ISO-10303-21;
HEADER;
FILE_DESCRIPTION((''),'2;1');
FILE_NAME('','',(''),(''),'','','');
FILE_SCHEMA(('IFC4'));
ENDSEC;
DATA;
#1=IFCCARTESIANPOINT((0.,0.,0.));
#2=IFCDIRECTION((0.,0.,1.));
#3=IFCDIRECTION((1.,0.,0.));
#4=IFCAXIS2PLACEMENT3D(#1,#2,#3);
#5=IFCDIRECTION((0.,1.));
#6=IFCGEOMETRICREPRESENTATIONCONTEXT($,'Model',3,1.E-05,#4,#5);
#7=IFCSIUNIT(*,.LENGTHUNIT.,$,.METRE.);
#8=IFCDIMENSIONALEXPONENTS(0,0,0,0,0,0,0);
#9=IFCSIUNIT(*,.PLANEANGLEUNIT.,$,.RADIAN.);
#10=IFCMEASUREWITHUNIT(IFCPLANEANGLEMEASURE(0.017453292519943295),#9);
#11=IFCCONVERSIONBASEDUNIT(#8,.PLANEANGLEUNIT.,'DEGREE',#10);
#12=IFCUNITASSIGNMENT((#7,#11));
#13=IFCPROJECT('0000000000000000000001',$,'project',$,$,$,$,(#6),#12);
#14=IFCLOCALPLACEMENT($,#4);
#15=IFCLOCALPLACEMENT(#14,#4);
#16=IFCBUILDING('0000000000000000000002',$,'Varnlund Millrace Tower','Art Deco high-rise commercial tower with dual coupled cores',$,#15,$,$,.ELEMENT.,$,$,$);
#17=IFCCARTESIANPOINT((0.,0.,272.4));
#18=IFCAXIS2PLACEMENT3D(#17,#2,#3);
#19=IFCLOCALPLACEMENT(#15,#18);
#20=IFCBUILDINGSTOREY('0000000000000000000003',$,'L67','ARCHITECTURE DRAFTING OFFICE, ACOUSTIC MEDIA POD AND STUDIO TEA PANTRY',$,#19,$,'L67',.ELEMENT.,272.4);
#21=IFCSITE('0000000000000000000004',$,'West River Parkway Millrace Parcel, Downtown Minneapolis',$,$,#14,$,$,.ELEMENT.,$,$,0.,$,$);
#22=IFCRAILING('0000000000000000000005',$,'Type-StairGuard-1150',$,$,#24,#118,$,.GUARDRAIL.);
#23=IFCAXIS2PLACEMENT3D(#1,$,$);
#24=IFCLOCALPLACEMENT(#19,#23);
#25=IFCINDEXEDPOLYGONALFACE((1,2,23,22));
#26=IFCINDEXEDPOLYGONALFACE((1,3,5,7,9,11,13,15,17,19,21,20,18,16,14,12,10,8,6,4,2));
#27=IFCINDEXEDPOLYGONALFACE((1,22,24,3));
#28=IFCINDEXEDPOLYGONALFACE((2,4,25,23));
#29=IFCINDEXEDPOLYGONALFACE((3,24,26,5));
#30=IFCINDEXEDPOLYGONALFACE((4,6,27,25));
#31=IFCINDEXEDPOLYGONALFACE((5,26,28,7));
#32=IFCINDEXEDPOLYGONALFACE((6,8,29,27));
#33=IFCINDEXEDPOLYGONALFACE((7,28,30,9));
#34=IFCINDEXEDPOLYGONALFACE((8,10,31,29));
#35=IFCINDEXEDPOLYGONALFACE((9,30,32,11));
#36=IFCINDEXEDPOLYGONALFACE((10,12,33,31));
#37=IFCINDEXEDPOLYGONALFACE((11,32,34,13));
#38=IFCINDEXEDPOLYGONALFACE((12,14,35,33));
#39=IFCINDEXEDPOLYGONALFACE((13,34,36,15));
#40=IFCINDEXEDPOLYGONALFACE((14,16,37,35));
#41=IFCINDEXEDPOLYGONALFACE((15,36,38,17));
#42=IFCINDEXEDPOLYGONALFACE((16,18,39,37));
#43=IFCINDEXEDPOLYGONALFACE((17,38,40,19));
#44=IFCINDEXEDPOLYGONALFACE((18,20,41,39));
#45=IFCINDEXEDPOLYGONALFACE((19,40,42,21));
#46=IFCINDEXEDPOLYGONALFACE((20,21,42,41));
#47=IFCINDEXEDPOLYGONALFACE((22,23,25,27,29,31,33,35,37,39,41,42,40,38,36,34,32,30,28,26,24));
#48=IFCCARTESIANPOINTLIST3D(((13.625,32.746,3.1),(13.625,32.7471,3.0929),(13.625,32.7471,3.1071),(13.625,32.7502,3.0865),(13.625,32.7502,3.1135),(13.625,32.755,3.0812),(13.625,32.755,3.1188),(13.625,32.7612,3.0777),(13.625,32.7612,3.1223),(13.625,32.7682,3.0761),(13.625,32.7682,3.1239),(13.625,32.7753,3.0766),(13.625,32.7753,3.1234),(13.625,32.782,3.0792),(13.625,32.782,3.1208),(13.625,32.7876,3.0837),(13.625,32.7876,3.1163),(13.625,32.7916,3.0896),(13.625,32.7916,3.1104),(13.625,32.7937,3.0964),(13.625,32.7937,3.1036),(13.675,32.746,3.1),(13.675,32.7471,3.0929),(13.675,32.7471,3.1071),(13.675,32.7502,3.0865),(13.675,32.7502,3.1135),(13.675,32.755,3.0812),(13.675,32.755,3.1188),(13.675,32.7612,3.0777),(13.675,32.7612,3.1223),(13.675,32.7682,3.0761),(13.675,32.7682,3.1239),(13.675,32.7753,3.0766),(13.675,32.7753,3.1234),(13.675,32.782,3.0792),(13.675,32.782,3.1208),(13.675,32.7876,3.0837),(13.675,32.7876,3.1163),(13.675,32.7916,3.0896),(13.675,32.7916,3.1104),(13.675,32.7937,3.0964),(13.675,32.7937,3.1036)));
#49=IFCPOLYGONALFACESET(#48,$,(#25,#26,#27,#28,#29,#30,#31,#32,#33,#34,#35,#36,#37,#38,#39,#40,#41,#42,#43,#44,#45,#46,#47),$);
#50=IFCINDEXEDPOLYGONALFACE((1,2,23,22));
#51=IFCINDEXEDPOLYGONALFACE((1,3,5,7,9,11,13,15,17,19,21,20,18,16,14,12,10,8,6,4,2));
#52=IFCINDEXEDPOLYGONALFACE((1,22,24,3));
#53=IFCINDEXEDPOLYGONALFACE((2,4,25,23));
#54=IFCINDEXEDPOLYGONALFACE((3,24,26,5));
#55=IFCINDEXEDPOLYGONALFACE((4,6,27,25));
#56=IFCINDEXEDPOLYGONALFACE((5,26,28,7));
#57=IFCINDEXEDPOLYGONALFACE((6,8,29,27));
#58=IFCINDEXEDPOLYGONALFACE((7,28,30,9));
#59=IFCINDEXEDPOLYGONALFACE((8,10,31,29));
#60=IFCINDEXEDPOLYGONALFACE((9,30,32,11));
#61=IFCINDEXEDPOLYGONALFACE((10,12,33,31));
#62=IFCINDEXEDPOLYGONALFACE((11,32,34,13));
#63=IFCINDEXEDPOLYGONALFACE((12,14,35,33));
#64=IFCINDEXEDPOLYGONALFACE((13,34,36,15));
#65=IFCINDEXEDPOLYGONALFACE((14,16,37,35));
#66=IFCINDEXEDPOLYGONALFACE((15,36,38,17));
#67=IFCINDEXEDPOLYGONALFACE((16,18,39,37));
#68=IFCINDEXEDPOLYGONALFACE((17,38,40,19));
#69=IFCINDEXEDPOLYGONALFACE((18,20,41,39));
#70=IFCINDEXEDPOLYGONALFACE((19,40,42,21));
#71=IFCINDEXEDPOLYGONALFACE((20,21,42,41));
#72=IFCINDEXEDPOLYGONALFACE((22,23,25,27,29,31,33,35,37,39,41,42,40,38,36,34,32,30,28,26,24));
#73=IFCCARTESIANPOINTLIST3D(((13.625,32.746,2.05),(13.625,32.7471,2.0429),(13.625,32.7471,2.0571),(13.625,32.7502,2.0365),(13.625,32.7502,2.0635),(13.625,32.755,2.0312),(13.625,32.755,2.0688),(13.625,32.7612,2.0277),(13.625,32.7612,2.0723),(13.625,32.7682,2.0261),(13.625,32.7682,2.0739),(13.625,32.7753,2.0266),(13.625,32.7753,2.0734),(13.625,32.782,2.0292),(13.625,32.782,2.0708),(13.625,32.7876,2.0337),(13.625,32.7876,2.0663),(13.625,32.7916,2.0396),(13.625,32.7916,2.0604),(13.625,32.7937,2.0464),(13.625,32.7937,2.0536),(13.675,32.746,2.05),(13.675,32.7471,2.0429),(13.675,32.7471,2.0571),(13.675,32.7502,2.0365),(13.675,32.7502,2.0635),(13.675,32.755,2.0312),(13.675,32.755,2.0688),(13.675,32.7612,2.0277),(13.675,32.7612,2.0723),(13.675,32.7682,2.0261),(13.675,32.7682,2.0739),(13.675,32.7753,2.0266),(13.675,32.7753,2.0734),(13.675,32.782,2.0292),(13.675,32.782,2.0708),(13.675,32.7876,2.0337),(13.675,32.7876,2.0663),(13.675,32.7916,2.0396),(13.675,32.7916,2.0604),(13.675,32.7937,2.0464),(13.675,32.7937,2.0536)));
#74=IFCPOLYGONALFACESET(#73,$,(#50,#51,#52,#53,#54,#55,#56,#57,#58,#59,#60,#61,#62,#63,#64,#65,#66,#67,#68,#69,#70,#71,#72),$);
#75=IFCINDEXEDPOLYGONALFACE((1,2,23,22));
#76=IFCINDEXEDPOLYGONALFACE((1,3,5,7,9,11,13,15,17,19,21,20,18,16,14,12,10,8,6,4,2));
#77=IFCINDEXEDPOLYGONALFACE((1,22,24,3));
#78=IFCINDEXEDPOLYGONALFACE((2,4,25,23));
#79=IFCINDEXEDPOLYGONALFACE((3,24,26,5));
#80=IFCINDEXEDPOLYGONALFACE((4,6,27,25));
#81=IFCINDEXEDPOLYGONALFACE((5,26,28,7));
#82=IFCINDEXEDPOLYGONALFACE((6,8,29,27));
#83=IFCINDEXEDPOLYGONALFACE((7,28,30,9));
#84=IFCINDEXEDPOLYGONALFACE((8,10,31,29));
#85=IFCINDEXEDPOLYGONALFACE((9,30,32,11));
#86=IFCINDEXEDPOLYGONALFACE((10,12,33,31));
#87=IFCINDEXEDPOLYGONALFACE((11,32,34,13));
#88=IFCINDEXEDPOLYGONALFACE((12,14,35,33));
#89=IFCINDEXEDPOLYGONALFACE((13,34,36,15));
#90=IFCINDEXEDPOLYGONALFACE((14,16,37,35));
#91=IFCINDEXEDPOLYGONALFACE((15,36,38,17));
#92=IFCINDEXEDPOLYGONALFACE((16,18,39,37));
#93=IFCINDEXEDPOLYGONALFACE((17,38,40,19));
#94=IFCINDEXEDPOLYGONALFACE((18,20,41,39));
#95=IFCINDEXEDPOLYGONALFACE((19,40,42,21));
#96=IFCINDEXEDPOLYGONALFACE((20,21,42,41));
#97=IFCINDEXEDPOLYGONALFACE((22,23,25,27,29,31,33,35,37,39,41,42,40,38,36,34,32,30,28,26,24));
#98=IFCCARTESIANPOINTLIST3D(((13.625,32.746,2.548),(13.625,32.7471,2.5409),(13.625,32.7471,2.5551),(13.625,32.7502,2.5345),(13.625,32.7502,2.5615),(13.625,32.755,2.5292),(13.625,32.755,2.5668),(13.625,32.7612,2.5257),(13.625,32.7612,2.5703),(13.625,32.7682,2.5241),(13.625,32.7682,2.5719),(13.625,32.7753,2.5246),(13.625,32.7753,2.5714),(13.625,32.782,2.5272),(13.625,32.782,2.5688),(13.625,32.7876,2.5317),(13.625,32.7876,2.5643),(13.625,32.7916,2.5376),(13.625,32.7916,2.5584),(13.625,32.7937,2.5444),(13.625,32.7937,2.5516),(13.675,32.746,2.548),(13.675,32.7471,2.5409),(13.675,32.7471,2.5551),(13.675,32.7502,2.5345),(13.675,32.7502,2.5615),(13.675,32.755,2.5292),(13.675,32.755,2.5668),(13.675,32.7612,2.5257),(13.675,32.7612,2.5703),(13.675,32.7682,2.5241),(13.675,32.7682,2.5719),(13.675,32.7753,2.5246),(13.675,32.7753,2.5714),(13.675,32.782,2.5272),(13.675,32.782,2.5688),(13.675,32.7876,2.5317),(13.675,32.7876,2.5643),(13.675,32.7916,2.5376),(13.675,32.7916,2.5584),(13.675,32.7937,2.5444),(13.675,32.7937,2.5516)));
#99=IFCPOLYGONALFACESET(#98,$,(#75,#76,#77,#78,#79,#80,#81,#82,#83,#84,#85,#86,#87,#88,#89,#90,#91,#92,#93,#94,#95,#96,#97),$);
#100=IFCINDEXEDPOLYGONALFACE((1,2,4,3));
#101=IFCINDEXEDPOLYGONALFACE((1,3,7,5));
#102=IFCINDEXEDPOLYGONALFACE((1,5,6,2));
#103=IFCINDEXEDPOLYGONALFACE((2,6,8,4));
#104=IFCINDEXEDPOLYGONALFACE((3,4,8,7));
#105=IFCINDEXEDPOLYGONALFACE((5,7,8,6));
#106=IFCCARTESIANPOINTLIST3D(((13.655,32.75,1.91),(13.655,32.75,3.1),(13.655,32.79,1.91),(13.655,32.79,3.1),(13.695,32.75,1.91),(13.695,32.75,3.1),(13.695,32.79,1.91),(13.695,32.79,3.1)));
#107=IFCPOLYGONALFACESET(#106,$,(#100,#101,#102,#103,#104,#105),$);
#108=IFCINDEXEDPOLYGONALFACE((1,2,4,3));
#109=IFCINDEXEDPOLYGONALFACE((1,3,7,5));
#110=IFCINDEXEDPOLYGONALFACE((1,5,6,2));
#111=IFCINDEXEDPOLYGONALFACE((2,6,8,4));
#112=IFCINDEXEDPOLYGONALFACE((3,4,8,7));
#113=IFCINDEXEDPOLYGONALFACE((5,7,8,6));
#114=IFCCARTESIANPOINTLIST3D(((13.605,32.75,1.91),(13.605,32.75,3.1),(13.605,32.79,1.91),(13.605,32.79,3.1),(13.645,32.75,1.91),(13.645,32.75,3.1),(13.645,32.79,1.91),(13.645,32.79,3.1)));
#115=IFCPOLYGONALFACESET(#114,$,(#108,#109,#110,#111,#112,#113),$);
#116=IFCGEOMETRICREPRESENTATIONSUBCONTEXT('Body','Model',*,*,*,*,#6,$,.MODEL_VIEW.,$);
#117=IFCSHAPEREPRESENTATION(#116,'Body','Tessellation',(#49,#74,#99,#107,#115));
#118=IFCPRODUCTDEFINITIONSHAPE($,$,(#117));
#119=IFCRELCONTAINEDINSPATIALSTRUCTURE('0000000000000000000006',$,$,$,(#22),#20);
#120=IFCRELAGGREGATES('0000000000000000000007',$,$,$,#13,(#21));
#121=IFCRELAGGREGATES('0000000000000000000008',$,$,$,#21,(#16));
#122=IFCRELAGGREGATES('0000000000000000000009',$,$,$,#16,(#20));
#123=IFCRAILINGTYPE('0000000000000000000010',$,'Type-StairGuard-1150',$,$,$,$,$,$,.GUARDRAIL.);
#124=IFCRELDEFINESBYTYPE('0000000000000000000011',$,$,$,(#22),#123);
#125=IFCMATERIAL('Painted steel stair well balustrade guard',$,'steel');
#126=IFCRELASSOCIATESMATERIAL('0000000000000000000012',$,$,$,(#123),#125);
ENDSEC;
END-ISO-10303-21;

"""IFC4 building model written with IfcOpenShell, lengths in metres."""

from ifc_helpers import new_model, entity, si_unit, converted_unit, direction, frame, origin_with_axes, origin_2d_with_axis, place, context, subcontext, project, spatial, rectangle, circle, extrude, material, type_object, element, save


model = new_model("IFC4")

# Units and contexts
model_context = context("Model", 3, precision=1e-05, world=origin_with_axes(), true_north=direction((0.0, 1.0)))
body_context = subcontext(model_context, "Body", "Model", "MODEL_VIEW")
ifc_project = project(units=[si_unit("LENGTHUNIT", "METRE"), converted_unit("PLANEANGLEUNIT", "DEGREE", entity("IfcPlaneAngleMeasure", 0.017453292519943295), si_unit("PLANEANGLEUNIT", "RADIAN"), dimensions=[0, 0, 0, 0, 0, 0, 0])], contexts=[model_context])

# Site, building, storey
site_placement = place(None, origin_with_axes())
site = spatial("IfcSite", under=ifc_project, at=site_placement, Name="West River Parkway Millrace Parcel, Downtown Minneapolis", CompositionType="ELEMENT", RefElevation=0.0)
building_placement = place(site_placement, origin_with_axes())
building = spatial("IfcBuilding", under=site, at=building_placement, Name="Varnlund Millrace Tower", Description="Art Deco high-rise commercial tower with dual coupled cores", CompositionType="ELEMENT")
storey_placement = place(building_placement, frame((0.0, 0.0, 272.4), z_axis=(0.0, 0.0, 1.0), x_axis=(1.0, 0.0, 0.0)))
storey = spatial("IfcBuildingStorey", under=building, at=storey_placement, Name="L67", Description="ARCHITECTURE DRAFTING OFFICE, ACOUSTIC MEDIA POD AND STUDIO TEA PANTRY", LongName="L67", CompositionType="ELEMENT", Elevation=272.4)

# Railing
ifc_material_1 = material(Name="Painted steel stair well balustrade guard", Category="steel")
railing_type_1 = type_object("IfcRailingType", Name="Type-StairGuard-1150", PredefinedType="GUARDRAIL", material=ifc_material_1)
railing_1_placement = place(storey_placement, frame((0.0, 0.0, -272.4), z_axis=(0.0, 0.0, 1.0), x_axis=(1.0, 0.0, 0.0)))
element("IfcRailing", 1, at=railing_1_placement, inside=storey, type_object=railing_type_1, Name="Type-StairGuard-1150", PredefinedType="GUARDRAIL", context=body_context, shape_type="SweptSolid", body=[
    extrude(circle(Radius=0.024, at=origin_2d_with_axis()), frame((13.675, 32.77, 275.5), z_axis=(-1.0, 0.0, 0.0), x_axis=(0.0, -1.0, 0.0)), (0.0, 0.0, 1.0), 0.05),
    extrude(circle(Radius=0.024, at=origin_2d_with_axis()), frame((13.675, 32.77, 274.45), z_axis=(-1.0, 0.0, 0.0), x_axis=(0.0, -1.0, 0.0)), (0.0, 0.0, 1.0), 0.05),
    extrude(circle(Radius=0.024, at=origin_2d_with_axis()), frame((13.675, 32.77, 274.948), z_axis=(-1.0, 0.0, 0.0), x_axis=(0.0, -1.0, 0.0)), (0.0, 0.0, 1.0), 0.05),
    extrude(rectangle(XDim=0.04, YDim=0.04, at=origin_2d_with_axis()), frame((13.675, 32.77, 274.31), z_axis=(0.0, 0.0, 1.0), x_axis=(1.0, 0.0, 0.0)), (0.0, 0.0, 1.0), 1.19),
    extrude(rectangle(XDim=0.04, YDim=0.04, at=origin_2d_with_axis()), frame((13.625, 32.77, 274.31), z_axis=(0.0, 0.0, 1.0), x_axis=(1.0, 0.0, 0.0)), (0.0, 0.0, 1.0), 1.19),
])

save(model, "model.ifc")
